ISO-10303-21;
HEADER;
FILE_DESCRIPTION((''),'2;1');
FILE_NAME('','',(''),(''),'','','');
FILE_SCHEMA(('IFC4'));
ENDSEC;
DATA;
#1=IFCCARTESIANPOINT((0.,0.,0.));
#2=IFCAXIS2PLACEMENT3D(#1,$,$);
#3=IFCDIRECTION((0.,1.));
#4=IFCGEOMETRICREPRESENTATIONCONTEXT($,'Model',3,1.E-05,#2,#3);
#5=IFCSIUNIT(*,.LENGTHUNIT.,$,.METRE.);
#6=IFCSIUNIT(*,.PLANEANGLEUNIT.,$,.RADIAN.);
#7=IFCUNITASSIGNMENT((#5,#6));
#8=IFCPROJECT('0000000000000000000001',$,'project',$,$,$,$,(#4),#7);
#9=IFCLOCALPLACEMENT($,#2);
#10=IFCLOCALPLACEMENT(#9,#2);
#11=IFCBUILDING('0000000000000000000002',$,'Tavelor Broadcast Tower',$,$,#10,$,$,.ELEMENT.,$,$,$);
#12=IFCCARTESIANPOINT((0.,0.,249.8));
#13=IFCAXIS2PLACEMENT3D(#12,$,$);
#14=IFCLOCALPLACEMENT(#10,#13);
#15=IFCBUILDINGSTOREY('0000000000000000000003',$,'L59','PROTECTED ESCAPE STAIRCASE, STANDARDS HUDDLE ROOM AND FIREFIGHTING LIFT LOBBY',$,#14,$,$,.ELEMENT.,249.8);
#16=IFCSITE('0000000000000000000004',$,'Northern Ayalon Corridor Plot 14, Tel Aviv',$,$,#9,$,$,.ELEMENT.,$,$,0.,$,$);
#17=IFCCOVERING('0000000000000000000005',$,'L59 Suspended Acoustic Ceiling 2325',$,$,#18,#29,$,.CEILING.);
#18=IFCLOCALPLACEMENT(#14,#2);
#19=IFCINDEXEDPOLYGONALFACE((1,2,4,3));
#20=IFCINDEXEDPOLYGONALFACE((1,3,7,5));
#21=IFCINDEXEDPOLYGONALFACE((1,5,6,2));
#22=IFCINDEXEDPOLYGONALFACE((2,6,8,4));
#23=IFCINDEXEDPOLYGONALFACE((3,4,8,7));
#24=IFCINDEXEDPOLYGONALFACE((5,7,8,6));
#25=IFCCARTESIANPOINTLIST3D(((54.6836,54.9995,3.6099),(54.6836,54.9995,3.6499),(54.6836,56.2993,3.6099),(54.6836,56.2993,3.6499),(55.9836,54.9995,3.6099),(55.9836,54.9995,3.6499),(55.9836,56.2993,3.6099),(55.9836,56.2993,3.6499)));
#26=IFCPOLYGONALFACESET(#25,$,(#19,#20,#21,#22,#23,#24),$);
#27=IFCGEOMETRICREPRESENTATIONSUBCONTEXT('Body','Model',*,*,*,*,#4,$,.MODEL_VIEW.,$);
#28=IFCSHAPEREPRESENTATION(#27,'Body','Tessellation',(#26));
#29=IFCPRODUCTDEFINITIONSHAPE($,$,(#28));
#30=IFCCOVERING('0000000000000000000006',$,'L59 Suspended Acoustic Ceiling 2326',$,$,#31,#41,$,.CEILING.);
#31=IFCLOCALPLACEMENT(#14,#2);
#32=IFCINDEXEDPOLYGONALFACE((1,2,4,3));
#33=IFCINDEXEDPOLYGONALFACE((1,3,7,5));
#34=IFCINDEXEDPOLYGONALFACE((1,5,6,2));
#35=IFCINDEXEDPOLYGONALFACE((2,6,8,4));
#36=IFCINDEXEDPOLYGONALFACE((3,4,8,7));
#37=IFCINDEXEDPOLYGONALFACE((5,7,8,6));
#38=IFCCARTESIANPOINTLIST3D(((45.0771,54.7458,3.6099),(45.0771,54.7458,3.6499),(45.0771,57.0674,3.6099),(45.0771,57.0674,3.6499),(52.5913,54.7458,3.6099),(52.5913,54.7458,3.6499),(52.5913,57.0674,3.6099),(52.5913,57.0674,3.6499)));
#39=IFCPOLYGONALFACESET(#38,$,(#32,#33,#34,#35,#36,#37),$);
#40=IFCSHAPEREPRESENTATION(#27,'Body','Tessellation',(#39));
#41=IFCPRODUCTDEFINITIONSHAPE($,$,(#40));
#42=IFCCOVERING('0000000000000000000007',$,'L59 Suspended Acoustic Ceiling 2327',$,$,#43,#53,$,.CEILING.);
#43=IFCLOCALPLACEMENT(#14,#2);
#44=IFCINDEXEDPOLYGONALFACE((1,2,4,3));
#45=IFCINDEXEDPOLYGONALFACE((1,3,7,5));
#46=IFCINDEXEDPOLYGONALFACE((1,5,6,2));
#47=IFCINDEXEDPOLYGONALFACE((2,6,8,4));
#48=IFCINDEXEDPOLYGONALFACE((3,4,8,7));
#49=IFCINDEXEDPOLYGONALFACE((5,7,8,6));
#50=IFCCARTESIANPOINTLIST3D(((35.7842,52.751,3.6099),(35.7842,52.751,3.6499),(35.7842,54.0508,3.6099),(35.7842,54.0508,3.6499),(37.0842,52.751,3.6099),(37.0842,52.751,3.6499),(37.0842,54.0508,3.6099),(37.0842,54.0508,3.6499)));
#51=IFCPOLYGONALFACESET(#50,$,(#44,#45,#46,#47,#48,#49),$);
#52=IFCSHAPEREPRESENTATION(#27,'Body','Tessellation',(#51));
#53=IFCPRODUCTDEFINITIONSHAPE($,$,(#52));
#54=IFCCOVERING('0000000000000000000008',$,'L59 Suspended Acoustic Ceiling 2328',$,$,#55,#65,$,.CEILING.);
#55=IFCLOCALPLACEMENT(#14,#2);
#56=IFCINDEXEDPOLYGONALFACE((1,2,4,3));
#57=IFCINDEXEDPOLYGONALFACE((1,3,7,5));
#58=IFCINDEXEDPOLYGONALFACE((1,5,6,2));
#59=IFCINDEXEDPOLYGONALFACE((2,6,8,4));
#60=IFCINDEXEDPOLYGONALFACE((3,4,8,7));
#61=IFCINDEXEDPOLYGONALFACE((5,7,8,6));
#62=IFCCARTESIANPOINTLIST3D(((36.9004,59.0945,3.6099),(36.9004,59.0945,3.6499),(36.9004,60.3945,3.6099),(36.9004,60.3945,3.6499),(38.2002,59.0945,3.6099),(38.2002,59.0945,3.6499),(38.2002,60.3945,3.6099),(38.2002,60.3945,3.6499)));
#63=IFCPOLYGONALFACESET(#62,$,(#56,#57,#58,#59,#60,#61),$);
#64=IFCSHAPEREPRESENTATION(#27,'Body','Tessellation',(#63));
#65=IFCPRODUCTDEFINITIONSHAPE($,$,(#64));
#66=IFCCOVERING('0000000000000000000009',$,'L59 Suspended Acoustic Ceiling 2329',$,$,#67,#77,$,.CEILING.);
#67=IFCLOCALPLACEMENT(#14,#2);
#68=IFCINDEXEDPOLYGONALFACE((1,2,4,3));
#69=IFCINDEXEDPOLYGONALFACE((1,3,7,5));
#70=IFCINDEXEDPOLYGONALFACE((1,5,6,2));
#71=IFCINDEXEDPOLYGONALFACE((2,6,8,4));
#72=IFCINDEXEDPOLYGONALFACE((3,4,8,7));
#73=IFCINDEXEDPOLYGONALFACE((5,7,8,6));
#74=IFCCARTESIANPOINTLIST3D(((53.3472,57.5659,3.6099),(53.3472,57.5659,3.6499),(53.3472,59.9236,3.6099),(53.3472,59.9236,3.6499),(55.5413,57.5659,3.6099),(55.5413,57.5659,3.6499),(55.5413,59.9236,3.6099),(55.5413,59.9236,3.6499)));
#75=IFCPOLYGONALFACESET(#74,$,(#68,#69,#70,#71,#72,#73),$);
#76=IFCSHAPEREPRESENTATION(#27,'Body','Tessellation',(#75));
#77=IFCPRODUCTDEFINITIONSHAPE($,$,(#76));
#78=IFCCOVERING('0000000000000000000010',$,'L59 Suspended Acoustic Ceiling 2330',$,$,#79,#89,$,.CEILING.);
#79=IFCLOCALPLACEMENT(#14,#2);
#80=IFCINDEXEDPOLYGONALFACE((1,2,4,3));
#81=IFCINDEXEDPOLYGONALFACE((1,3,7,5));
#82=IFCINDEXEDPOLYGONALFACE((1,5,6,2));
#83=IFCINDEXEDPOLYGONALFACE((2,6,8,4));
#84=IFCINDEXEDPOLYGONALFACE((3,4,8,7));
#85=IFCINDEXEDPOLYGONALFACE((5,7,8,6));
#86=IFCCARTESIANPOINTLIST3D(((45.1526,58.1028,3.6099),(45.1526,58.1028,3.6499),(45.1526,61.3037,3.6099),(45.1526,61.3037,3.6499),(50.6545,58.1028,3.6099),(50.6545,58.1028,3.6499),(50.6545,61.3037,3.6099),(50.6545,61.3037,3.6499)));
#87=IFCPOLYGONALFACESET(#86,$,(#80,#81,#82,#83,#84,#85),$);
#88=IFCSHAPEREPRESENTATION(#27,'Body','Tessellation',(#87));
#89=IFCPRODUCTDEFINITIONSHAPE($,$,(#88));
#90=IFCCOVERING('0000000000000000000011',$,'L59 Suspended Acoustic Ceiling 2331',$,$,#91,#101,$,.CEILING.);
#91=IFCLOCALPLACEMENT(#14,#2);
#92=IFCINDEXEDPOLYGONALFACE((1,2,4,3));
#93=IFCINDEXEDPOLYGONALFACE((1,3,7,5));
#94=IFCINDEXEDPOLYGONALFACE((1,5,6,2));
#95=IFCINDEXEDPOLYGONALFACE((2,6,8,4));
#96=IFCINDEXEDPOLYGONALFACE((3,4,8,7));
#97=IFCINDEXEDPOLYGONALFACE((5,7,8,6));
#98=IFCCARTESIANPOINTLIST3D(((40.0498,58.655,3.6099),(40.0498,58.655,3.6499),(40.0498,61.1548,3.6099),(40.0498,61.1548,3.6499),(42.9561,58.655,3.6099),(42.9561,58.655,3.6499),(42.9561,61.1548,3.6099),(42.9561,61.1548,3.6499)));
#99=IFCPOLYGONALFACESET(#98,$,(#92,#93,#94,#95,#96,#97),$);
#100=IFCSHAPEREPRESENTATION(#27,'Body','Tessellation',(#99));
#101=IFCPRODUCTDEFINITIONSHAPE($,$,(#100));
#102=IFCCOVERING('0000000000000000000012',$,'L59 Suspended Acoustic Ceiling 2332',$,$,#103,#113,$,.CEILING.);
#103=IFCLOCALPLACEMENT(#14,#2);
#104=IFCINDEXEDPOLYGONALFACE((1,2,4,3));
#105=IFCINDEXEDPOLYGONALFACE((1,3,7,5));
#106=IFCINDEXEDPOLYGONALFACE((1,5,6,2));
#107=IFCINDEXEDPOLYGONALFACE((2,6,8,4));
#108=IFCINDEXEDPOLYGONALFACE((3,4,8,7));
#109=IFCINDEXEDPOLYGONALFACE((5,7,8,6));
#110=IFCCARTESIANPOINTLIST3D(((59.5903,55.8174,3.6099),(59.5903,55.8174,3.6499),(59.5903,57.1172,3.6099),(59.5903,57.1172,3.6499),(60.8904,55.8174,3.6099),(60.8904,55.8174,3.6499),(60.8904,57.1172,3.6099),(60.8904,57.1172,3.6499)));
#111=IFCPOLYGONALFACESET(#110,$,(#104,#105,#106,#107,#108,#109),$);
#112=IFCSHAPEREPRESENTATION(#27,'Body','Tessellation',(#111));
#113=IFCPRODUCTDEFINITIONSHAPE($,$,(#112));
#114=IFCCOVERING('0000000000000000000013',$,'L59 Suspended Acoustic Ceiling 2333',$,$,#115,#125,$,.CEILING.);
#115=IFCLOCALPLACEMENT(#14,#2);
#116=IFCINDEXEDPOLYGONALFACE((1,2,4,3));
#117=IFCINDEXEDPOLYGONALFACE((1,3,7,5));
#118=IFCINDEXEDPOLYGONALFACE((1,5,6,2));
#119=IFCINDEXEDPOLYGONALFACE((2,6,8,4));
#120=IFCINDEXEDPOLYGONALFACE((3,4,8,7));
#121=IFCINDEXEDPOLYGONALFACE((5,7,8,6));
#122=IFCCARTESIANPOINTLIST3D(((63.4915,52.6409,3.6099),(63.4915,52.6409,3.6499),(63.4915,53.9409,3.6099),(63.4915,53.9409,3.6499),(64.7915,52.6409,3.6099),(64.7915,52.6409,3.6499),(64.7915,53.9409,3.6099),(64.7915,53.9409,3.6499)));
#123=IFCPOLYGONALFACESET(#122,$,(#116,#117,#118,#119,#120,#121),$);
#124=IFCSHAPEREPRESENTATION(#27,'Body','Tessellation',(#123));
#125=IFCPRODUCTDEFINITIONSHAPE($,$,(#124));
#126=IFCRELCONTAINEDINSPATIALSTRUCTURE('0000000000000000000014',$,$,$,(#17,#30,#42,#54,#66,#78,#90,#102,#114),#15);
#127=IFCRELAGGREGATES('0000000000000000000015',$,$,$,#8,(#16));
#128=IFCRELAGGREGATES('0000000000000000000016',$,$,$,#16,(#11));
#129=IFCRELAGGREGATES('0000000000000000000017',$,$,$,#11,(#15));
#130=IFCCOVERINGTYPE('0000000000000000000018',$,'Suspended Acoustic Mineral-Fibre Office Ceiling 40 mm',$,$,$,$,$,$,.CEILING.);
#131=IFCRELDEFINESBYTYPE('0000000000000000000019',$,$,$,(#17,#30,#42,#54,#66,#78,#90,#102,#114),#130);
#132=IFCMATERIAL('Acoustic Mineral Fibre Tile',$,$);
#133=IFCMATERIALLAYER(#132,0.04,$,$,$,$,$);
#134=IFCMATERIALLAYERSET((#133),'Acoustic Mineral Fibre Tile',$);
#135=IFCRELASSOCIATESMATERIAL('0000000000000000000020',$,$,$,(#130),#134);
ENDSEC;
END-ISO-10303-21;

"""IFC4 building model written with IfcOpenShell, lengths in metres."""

from ifc_helpers import new_model, si_unit, direction, frame, origin, place, context, subcontext, project, spatial, polyline, outline, extrude, material, layer, layer_set, type_object, element, save


model = new_model("IFC4")

# Units and contexts
model_context = context("Model", 3, precision=1e-05, world=origin(), true_north=direction((0.0, 1.0)))
body_context = subcontext(model_context, "Body", "Model", "MODEL_VIEW")
ifc_project = project(units=[si_unit("LENGTHUNIT", "METRE"), si_unit("PLANEANGLEUNIT", "RADIAN")], contexts=[model_context])

# Site, building, storey
site_placement = place(None, origin())
site = spatial("IfcSite", under=ifc_project, at=site_placement, Name="Northern Ayalon Corridor Plot 14, Tel Aviv", CompositionType="ELEMENT", RefElevation=0.0)
building_placement = place(site_placement, origin())
building = spatial("IfcBuilding", under=site, at=building_placement, Name="Tavelor Broadcast Tower", CompositionType="ELEMENT")
storey_placement = place(building_placement, frame((0.0, 0.0, 249.8)))
storey = spatial("IfcBuildingStorey", under=building, at=storey_placement, Name="L59", Description="PROTECTED ESCAPE STAIRCASE, STANDARDS HUDDLE ROOM AND FIREFIGHTING LIFT LOBBY", CompositionType="ELEMENT", Elevation=249.8)

# Coverings
ifc_material_1 = material(Name="Acoustic Mineral Fibre Tile")
ifc_layer_1 = layer(ifc_material_1, 0.04)
ifc_layer_set_1 = layer_set([ifc_layer_1], Name="Acoustic Mineral Fibre Tile")
covering_type_1 = type_object("IfcCoveringType", Name="Suspended Acoustic Mineral-Fibre Office Ceiling 40 mm", PredefinedType="CEILING", material=ifc_layer_set_1)
covering_1_placement = place(storey_placement, frame((0.0, 0.0, 3.6099)))
element("IfcCovering", 1, at=covering_1_placement, inside=storey, type_object=covering_type_1, Name="L59 Suspended Acoustic Ceiling 2325", PredefinedType="CEILING", context=body_context, shape_type="SweptSolid", body=[
    extrude(outline(polyline([(54.6836, 54.9995), (55.9836, 54.9995), (55.9836, 56.2993), (54.6836, 56.2993), (54.6836, 54.9995)])), origin(), (0.0, 0.0, 1.0), 0.04),
])
covering_2_placement = place(storey_placement, frame((0.0, 0.0, 3.6099)))
element("IfcCovering", 2, at=covering_2_placement, inside=storey, type_object=covering_type_1, Name="L59 Suspended Acoustic Ceiling 2326", PredefinedType="CEILING", context=body_context, shape_type="SweptSolid", body=[
    extrude(outline(polyline([(45.0771, 54.7458), (52.5913, 54.7458), (52.5913, 57.0674), (45.0771, 57.0674), (45.0771, 54.7458)])), origin(), (0.0, 0.0, 1.0), 0.04),
])
covering_3_placement = place(storey_placement, frame((0.0, 0.0, 3.6099)))
element("IfcCovering", 3, at=covering_3_placement, inside=storey, type_object=covering_type_1, Name="L59 Suspended Acoustic Ceiling 2327", PredefinedType="CEILING", context=body_context, shape_type="SweptSolid", body=[
    extrude(outline(polyline([(35.7842, 52.751), (37.0842, 52.751), (37.0842, 54.0508), (35.7842, 54.0508), (35.7842, 52.751)])), origin(), (0.0, 0.0, 1.0), 0.04),
])
covering_4_placement = place(storey_placement, frame((0.0, 0.0, 3.6099)))
element("IfcCovering", 4, at=covering_4_placement, inside=storey, type_object=covering_type_1, Name="L59 Suspended Acoustic Ceiling 2328", PredefinedType="CEILING", context=body_context, shape_type="SweptSolid", body=[
    extrude(outline(polyline([(36.9004, 59.0945), (38.2002, 59.0945), (38.2002, 60.3945), (36.9004, 60.3945), (36.9004, 59.0945)])), origin(), (0.0, 0.0, 1.0), 0.04),
])
covering_5_placement = place(storey_placement, frame((0.0, 0.0, 3.6099)))
element("IfcCovering", 5, at=covering_5_placement, inside=storey, type_object=covering_type_1, Name="L59 Suspended Acoustic Ceiling 2329", PredefinedType="CEILING", context=body_context, shape_type="SweptSolid", body=[
    extrude(outline(polyline([(53.3472, 57.5659), (55.5413, 57.5659), (55.5413, 59.9236), (53.3472, 59.9236), (53.3472, 57.5659)])), origin(), (0.0, 0.0, 1.0), 0.04),
])
covering_6_placement = place(storey_placement, frame((0.0, 0.0, 3.6099)))
element("IfcCovering", 6, at=covering_6_placement, inside=storey, type_object=covering_type_1, Name="L59 Suspended Acoustic Ceiling 2330", PredefinedType="CEILING", context=body_context, shape_type="SweptSolid", body=[
    extrude(outline(polyline([(45.1526, 58.1028), (50.6545, 58.1028), (50.6545, 61.3037), (45.1526, 61.3037), (45.1526, 58.1028)])), origin(), (0.0, 0.0, 1.0), 0.04),
])
covering_7_placement = place(storey_placement, frame((0.0, 0.0, 3.6099)))
element("IfcCovering", 7, at=covering_7_placement, inside=storey, type_object=covering_type_1, Name="L59 Suspended Acoustic Ceiling 2331", PredefinedType="CEILING", context=body_context, shape_type="SweptSolid", body=[
    extrude(outline(polyline([(40.0498, 58.655), (42.9561, 58.655), (42.9561, 61.1548), (40.0498, 61.1548), (40.0498, 58.655)])), origin(), (0.0, 0.0, 1.0), 0.04),
])
covering_8_placement = place(storey_placement, frame((0.0, 0.0, 3.6099)))
element("IfcCovering", 8, at=covering_8_placement, inside=storey, type_object=covering_type_1, Name="L59 Suspended Acoustic Ceiling 2332", PredefinedType="CEILING", context=body_context, shape_type="SweptSolid", body=[
    extrude(outline(polyline([(59.5903, 55.8174), (60.8904, 55.8174), (60.8904, 57.1172), (59.5903, 57.1172), (59.5903, 55.8174)])), origin(), (0.0, 0.0, 1.0), 0.04),
])
covering_9_placement = place(storey_placement, frame((0.0, 0.0, 3.6099)))
element("IfcCovering", 9, at=covering_9_placement, inside=storey, type_object=covering_type_1, Name="L59 Suspended Acoustic Ceiling 2333", PredefinedType="CEILING", context=body_context, shape_type="SweptSolid", body=[
    extrude(outline(polyline([(63.4915, 52.6409), (64.7915, 52.6409), (64.7915, 53.9409), (63.4915, 53.9409), (63.4915, 52.6409)])), origin(), (0.0, 0.0, 1.0), 0.04),
])

save(model, "model.ifc")
